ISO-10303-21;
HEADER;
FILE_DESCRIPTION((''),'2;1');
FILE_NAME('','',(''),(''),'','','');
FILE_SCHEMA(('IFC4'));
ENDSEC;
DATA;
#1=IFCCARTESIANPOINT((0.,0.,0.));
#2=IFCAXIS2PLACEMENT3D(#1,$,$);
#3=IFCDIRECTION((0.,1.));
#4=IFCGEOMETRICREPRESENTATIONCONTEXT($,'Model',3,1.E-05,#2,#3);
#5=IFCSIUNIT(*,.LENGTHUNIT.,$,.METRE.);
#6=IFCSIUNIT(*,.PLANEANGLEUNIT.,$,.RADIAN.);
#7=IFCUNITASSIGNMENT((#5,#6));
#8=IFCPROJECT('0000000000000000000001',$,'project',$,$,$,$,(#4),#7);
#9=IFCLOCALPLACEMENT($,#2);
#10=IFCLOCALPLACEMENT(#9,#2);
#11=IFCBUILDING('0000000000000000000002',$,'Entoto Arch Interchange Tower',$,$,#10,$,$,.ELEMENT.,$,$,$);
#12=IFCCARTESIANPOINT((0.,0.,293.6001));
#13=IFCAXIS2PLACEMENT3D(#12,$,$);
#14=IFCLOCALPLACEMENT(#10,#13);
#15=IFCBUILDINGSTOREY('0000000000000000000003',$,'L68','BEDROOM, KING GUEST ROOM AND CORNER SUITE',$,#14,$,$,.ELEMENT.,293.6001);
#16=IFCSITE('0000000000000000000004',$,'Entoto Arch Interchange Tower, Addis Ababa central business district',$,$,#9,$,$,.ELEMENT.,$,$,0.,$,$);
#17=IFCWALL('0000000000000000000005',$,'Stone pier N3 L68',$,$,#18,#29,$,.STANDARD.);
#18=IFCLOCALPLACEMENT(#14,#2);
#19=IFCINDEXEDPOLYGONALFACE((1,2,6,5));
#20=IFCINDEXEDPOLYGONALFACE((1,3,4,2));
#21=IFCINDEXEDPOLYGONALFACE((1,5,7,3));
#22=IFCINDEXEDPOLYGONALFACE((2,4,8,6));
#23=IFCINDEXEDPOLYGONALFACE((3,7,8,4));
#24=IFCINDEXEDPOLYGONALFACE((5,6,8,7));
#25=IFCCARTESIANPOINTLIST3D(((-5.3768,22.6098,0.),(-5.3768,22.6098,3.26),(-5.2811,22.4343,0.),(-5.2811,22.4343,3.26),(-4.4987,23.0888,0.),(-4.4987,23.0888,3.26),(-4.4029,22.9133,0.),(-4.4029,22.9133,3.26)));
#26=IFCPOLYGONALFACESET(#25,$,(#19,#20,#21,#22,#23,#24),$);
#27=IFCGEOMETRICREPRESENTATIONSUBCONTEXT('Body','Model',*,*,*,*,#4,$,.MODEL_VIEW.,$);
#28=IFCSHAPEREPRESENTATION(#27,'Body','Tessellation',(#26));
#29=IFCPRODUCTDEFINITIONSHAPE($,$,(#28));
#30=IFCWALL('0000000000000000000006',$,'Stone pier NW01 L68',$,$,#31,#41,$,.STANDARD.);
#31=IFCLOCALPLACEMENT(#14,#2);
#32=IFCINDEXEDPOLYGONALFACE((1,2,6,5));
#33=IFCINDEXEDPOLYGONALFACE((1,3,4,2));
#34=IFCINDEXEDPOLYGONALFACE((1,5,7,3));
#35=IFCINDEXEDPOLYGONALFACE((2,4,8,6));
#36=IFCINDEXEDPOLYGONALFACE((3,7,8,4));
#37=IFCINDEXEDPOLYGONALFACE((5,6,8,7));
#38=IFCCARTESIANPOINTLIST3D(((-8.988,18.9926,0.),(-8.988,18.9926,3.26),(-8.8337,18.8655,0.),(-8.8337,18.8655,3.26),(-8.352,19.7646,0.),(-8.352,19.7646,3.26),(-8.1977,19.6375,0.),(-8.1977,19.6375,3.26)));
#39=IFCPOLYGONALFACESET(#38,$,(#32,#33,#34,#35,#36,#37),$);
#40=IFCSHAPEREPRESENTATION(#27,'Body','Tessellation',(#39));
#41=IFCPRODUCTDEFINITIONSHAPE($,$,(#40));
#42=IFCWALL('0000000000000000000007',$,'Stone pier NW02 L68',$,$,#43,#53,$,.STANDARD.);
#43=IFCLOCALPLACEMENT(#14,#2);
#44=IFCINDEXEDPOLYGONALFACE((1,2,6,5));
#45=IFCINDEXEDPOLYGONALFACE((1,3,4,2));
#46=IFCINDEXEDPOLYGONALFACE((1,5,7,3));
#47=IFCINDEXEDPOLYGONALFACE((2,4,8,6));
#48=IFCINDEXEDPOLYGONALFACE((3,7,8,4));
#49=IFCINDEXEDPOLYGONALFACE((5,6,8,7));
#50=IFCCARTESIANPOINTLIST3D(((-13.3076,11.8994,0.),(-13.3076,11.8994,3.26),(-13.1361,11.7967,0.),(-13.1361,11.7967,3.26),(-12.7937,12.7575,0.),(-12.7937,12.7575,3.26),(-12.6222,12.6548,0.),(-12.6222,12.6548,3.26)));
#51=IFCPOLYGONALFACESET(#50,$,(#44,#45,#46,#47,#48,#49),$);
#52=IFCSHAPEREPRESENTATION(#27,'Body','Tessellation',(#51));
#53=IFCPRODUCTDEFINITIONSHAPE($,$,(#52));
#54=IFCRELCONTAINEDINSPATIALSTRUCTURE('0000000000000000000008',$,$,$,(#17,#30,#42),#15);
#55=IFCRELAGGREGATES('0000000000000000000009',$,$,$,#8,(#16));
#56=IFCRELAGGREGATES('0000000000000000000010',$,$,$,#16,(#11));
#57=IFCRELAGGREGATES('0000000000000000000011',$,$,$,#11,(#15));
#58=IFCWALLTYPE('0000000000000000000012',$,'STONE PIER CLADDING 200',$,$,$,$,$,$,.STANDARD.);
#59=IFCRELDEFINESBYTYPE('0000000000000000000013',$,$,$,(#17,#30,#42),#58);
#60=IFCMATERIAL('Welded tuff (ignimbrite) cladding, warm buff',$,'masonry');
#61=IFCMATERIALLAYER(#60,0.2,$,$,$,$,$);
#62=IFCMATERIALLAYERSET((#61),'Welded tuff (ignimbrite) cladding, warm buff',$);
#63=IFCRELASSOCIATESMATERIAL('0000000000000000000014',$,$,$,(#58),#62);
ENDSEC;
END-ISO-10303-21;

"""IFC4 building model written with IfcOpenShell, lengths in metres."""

from ifc_helpers import new_model, si_unit, direction, frame, frame_2d, origin, place, context, subcontext, project, spatial, rectangle, extrude, material, layer, layer_set, type_object, element, save


model = new_model("IFC4")

# Units and contexts
model_context = context("Model", 3, precision=1e-05, world=origin(), true_north=direction((0.0, 1.0)))
body_context = subcontext(model_context, "Body", "Model", "MODEL_VIEW")
ifc_project = project(units=[si_unit("LENGTHUNIT", "METRE"), si_unit("PLANEANGLEUNIT", "RADIAN")], contexts=[model_context])

# Site, building, storey
site_placement = place(None, origin())
site = spatial("IfcSite", under=ifc_project, at=site_placement, Name="Entoto Arch Interchange Tower, Addis Ababa central business district", CompositionType="ELEMENT", RefElevation=0.0)
building_placement = place(site_placement, origin())
building = spatial("IfcBuilding", under=site, at=building_placement, Name="Entoto Arch Interchange Tower", CompositionType="ELEMENT")
storey_placement = place(building_placement, frame((0.0, 0.0, 293.6001)))
storey = spatial("IfcBuildingStorey", under=building, at=storey_placement, Name="L68", Description="BEDROOM, KING GUEST ROOM AND CORNER SUITE", CompositionType="ELEMENT", Elevation=293.6001)

# Shared definitions
ifc_material_1 = material(Name="Welded tuff (ignimbrite) cladding, warm buff", Category="masonry")

# Walls
ifc_layer_1 = layer(ifc_material_1, 0.2)
ifc_layer_set_1 = layer_set([ifc_layer_1], Name="Welded tuff (ignimbrite) cladding, warm buff")
wall_type_1 = type_object("IfcWallType", Name="STONE PIER CLADDING 200", PredefinedType="STANDARD", material=ifc_layer_set_1)
for number, where, z_axis, x_axis, name in (
    (1, (-4.4509, 23.001, 0.0), (0.0, 0.0, 1.0), (-0.877896, -0.478852, 0.0), "Stone pier N3 L68"),
    (2, (-8.2749, 19.7009, 0.0), (0.0, 0.0, 1.0), (-0.635853, -0.77181, 0.0), "Stone pier NW01 L68"),
    (3, (-12.708, 12.7061, 0.0), (0.0, 0.0, 1.0), (-0.513778, -0.857923, 0.0), "Stone pier NW02 L68"),
):
    element("IfcWall", number, at=place(storey_placement, frame(where, z_axis=z_axis, x_axis=x_axis)), inside=storey, type_object=wall_type_1, Name=name, PredefinedType="STANDARD", context=body_context, shape_type="SweptSolid", body=[
        extrude(rectangle(XDim=1.0002, YDim=0.2, at=frame_2d((0.5, 0.0))), origin(), (0.0, 0.0, 1.0), 3.26),
    ])

save(model, "model.ifc")
